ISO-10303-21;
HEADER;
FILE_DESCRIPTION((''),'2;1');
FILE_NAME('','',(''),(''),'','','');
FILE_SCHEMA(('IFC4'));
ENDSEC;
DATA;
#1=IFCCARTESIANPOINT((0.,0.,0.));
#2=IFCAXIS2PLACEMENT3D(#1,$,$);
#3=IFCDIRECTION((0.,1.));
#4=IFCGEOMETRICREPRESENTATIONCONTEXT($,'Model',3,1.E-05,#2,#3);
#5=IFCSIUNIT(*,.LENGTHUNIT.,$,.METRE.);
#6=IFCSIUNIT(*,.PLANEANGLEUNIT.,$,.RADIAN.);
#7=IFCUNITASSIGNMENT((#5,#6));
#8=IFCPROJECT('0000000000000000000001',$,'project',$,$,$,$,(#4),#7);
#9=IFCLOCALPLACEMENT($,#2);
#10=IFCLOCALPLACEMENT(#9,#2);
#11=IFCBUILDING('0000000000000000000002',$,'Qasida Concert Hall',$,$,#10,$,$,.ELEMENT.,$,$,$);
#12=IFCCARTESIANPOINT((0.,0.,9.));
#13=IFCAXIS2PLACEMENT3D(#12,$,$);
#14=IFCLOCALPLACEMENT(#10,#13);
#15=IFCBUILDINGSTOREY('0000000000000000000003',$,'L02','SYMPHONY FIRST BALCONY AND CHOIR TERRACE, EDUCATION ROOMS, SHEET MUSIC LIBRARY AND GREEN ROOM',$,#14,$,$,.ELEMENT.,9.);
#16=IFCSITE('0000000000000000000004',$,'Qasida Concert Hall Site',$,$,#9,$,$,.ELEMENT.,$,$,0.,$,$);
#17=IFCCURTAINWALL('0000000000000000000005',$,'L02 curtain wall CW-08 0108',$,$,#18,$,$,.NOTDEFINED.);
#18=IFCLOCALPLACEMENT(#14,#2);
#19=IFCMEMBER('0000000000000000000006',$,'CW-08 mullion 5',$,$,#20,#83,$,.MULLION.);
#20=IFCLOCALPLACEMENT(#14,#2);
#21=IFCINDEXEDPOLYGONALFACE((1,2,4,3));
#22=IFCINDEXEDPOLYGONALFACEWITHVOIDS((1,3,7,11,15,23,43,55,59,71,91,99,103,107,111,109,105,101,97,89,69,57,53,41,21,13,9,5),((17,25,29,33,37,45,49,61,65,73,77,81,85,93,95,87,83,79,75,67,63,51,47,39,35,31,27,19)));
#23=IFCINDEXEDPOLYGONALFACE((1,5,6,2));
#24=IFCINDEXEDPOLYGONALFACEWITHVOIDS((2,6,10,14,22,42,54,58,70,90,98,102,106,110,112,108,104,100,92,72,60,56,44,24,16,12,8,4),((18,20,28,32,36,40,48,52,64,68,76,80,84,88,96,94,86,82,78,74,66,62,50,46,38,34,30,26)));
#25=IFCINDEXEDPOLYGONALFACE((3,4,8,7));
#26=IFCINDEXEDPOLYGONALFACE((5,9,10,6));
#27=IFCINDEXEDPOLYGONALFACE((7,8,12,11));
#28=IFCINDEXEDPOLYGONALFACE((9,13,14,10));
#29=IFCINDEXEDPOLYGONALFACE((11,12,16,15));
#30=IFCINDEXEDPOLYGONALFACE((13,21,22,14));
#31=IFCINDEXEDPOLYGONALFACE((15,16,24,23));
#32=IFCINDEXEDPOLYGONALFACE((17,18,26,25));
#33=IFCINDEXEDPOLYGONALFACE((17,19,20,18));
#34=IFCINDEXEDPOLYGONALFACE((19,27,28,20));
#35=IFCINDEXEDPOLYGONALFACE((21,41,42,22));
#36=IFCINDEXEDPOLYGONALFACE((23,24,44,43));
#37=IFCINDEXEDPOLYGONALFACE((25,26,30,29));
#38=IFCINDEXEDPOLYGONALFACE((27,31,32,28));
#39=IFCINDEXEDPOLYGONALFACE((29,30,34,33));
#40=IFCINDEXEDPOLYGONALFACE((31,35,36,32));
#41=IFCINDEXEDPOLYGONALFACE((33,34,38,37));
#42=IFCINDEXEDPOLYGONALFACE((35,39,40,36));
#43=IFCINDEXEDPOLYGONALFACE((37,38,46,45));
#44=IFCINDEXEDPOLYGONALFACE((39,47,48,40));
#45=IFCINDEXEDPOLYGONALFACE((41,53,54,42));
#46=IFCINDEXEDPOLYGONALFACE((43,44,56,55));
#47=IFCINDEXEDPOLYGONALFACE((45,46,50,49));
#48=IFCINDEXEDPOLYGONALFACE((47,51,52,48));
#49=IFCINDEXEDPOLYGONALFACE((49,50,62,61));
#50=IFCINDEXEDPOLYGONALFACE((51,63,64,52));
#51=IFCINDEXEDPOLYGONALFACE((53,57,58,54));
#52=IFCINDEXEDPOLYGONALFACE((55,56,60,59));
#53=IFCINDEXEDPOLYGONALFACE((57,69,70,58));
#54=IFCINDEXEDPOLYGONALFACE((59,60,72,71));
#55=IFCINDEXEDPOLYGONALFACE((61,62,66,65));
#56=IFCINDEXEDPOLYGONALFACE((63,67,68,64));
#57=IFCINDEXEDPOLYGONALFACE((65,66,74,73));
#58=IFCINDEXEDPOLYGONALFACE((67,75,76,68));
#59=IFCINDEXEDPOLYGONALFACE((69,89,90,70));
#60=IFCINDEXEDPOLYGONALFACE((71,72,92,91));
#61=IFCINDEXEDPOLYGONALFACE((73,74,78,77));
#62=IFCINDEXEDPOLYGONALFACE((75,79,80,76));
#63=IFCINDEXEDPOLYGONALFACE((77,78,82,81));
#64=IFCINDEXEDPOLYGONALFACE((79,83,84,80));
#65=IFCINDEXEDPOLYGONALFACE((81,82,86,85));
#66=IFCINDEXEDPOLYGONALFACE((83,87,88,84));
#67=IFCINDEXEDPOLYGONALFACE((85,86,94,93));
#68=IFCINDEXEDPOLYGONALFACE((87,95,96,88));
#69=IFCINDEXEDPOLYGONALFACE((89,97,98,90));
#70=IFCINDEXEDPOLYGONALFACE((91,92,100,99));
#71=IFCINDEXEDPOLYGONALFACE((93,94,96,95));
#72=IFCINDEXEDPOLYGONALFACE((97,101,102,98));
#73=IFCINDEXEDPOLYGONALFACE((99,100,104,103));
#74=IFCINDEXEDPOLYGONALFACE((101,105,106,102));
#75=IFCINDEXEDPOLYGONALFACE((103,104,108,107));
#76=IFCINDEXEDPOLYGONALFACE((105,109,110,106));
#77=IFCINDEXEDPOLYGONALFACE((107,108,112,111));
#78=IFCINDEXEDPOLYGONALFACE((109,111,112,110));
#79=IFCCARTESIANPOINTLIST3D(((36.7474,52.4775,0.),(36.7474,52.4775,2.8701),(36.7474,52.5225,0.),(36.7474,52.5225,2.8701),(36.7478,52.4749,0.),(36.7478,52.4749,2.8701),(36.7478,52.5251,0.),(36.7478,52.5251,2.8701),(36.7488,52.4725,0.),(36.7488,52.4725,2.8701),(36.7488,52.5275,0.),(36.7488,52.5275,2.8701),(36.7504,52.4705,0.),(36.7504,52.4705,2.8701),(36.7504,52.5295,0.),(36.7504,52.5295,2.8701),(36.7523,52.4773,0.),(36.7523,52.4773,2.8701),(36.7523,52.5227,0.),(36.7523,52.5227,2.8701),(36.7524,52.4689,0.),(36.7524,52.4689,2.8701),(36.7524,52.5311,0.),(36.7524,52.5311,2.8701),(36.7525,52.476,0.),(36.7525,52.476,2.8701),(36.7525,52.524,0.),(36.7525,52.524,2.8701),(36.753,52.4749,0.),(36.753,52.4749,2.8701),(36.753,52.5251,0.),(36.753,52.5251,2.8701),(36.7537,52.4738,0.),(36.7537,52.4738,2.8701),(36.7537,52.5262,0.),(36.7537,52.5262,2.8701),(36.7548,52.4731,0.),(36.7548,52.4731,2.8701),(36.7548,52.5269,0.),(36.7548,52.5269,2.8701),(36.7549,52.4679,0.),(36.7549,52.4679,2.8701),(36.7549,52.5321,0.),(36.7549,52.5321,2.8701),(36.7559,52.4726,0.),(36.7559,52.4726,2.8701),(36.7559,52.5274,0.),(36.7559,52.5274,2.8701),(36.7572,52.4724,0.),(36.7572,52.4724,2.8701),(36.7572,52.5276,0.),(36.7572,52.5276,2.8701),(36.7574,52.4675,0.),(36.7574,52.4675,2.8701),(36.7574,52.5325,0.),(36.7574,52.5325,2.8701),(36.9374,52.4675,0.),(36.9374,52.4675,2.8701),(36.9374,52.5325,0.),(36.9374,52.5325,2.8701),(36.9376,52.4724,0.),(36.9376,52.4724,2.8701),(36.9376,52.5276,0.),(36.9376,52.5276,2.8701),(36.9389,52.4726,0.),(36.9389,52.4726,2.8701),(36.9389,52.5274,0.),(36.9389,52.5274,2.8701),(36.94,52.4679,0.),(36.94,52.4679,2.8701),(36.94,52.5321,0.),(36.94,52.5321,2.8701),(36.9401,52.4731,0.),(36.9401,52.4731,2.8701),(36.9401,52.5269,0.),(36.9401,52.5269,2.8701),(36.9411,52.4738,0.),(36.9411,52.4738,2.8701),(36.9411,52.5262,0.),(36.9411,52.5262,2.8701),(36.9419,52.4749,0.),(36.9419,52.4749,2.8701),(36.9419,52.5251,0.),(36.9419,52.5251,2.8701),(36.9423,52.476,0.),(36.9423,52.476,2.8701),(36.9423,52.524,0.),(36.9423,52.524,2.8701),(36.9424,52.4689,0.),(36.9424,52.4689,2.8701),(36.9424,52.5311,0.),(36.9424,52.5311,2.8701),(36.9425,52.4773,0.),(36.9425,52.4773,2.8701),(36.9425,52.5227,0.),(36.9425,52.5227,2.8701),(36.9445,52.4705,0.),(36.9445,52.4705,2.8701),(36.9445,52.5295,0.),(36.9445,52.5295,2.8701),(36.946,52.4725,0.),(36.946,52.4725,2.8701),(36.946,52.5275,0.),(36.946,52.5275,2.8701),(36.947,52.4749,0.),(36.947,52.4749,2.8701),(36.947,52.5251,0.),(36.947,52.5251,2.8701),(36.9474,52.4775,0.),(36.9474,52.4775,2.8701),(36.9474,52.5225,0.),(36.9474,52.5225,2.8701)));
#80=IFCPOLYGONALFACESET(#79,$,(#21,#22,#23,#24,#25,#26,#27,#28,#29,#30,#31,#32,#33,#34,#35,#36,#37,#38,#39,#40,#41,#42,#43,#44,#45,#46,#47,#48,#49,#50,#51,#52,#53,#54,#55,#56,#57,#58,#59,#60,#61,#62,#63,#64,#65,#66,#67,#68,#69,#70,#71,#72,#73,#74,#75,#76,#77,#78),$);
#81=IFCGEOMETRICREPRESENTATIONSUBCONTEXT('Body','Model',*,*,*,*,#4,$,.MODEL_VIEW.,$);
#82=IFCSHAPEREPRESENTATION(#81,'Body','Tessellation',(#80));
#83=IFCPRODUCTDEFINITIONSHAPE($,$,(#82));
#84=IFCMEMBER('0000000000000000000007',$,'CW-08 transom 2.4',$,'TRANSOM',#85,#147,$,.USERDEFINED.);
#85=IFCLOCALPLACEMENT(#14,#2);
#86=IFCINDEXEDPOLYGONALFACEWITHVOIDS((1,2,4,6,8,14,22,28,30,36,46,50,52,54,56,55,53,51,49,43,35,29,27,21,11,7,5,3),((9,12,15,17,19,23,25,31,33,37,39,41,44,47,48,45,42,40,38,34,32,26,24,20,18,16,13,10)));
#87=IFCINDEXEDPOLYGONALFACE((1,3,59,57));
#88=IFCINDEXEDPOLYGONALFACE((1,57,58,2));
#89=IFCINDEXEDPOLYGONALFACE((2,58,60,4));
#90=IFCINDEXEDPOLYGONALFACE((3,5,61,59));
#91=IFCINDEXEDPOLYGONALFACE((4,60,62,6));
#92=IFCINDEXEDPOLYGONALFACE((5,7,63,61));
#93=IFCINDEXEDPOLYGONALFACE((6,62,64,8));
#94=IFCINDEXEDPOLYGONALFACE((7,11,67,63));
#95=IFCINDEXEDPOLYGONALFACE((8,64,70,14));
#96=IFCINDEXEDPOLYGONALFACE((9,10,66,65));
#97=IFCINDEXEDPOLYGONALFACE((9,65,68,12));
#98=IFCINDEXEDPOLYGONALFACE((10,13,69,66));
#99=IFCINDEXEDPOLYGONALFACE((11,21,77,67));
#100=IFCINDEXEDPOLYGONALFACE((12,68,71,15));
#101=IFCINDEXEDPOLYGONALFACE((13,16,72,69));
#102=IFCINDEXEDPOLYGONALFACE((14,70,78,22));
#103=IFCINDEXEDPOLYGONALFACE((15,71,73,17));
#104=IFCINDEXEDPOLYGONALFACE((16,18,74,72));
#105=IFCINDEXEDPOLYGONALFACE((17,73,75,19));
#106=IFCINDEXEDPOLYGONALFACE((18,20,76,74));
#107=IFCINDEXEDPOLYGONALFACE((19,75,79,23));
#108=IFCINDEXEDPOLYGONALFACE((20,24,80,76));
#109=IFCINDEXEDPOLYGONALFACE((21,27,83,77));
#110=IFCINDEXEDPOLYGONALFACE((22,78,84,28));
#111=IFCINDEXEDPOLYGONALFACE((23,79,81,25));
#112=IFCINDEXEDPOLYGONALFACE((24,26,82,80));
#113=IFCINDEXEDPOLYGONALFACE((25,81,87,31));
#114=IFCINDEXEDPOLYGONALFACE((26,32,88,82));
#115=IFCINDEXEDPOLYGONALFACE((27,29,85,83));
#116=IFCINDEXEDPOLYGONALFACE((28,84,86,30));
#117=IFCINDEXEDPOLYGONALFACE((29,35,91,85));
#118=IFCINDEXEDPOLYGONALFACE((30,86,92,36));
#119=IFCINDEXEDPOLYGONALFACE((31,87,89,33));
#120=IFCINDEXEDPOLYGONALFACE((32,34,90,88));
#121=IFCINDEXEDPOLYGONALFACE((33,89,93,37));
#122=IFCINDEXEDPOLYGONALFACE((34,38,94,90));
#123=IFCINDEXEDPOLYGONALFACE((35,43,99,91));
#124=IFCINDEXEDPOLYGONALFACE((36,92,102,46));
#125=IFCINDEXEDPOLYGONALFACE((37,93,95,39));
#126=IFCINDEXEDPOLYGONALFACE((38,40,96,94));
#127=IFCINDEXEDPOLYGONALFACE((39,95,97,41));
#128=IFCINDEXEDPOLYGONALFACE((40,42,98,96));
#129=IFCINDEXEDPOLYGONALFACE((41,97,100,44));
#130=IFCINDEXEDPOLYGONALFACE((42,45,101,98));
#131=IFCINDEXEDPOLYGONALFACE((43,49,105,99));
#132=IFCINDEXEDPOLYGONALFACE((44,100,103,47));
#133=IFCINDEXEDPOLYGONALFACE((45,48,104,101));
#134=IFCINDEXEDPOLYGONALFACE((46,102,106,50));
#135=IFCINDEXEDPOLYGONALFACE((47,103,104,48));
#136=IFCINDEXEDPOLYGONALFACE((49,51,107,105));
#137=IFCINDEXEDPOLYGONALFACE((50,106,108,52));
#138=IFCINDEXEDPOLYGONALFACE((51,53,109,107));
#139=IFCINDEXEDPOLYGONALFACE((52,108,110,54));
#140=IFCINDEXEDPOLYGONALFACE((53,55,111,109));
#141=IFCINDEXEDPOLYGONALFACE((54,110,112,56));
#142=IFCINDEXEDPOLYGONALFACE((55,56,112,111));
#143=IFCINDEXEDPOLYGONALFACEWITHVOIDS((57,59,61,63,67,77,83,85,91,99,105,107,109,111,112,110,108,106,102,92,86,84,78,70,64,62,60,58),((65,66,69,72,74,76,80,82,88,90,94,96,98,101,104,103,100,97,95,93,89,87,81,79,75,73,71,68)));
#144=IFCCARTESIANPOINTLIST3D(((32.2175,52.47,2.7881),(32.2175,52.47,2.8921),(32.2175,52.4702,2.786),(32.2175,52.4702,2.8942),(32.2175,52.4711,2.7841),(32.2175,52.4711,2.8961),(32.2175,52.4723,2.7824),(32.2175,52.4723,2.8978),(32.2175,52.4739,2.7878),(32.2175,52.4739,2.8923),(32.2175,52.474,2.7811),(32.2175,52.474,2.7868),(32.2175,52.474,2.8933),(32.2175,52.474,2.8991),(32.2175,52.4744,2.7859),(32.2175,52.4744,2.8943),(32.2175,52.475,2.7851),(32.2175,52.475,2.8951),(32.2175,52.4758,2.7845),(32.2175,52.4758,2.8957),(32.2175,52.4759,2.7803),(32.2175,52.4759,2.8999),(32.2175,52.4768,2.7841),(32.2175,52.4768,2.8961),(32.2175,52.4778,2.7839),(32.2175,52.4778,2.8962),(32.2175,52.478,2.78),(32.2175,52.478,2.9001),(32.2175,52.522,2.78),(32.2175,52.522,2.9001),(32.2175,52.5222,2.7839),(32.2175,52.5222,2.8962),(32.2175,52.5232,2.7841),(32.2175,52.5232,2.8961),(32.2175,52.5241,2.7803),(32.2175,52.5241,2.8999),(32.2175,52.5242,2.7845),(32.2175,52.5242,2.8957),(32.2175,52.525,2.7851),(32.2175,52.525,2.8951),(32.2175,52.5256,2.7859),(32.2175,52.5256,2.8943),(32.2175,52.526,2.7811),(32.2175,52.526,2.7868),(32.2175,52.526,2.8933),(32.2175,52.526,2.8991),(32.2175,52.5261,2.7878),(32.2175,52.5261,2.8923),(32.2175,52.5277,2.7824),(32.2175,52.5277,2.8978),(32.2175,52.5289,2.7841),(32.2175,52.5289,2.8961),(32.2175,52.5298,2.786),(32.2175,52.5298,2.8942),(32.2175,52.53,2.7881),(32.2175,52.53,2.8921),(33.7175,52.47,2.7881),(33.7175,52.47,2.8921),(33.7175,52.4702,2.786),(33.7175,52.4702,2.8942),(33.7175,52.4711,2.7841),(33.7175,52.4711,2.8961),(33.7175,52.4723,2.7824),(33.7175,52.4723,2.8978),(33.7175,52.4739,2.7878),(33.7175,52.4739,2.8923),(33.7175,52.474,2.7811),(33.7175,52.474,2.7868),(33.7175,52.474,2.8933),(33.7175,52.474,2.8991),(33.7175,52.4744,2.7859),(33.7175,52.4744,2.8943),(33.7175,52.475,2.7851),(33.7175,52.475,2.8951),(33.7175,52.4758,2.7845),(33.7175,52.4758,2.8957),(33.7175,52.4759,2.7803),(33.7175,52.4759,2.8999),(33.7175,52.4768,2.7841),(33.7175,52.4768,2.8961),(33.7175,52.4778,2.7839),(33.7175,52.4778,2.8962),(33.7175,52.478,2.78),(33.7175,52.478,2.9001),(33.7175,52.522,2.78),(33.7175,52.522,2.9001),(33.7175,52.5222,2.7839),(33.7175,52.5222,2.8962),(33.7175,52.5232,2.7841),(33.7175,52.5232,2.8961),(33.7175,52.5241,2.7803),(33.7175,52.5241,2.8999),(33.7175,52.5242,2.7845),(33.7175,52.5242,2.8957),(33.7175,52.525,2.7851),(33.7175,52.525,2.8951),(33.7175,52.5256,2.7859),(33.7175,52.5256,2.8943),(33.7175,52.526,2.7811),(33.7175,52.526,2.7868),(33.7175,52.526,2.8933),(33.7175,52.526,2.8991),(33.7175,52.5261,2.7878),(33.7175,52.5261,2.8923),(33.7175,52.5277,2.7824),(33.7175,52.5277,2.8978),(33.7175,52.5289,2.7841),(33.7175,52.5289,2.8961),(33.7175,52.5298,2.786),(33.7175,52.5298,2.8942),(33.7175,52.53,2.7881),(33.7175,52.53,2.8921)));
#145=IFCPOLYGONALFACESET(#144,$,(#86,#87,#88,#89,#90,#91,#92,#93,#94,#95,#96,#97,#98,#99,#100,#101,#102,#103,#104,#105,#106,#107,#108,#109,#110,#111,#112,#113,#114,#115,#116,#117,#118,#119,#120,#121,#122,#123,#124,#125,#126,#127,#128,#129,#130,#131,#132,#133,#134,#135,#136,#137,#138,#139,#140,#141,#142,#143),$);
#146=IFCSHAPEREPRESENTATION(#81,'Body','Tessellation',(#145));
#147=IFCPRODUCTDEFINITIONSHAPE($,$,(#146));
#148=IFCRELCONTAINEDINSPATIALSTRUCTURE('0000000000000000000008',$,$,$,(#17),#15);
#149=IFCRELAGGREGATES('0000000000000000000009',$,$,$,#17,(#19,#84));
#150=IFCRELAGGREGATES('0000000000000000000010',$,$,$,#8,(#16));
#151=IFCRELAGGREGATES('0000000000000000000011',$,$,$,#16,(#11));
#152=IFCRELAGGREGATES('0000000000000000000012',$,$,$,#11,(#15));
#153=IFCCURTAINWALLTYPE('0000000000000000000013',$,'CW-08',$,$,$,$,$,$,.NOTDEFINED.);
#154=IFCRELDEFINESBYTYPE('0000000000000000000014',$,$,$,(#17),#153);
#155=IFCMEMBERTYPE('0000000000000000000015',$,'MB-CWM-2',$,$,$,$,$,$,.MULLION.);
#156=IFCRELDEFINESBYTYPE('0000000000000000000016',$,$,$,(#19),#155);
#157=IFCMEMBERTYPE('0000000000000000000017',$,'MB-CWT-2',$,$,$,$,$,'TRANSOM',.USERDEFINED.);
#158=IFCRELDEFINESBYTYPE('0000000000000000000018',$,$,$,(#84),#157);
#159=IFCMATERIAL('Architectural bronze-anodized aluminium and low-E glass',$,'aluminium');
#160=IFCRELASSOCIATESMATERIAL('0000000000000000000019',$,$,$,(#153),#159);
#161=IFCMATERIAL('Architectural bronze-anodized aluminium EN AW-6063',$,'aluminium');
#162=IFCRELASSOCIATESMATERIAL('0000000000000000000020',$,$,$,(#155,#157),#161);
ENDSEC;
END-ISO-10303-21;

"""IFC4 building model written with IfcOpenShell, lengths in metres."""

from ifc_helpers import new_model, si_unit, direction, frame, origin, origin_2d, place, context, subcontext, project, spatial, hollow_rectangle, extrude, material, material_profile, profile_set, type_object, element, aggregate, save


model = new_model("IFC4")

# Units and contexts
model_context = context("Model", 3, precision=1e-05, world=origin(), true_north=direction((0.0, 1.0)))
body_context = subcontext(model_context, "Body", "Model", "MODEL_VIEW")
ifc_project = project(units=[si_unit("LENGTHUNIT", "METRE"), si_unit("PLANEANGLEUNIT", "RADIAN")], contexts=[model_context])

# Site, building, storey
site_placement = place(None, origin())
site = spatial("IfcSite", under=ifc_project, at=site_placement, Name="Qasida Concert Hall Site", CompositionType="ELEMENT", RefElevation=0.0)
building_placement = place(site_placement, origin())
building = spatial("IfcBuilding", under=site, at=building_placement, Name="Qasida Concert Hall", CompositionType="ELEMENT")
storey_placement = place(building_placement, frame((0.0, 0.0, 9.0)))
storey = spatial("IfcBuildingStorey", under=building, at=storey_placement, Name="L02", Description="SYMPHONY FIRST BALCONY AND CHOIR TERRACE, EDUCATION ROOMS, SHEET MUSIC LIBRARY AND GREEN ROOM", CompositionType="ELEMENT", Elevation=9.0)

# Curtain wall, members
ifc_material_1 = material(Name="Architectural bronze-anodized aluminium and low-E glass", Category="aluminium")
curtain_wall_type = type_object("IfcCurtainWallType", Name="CW-08", PredefinedType="NOTDEFINED", material=ifc_material_1)
curtain_wall_placement = place(storey_placement, origin())
curtain_wall = element("IfcCurtainWall", 1, at=curtain_wall_placement, inside=storey, type_object=curtain_wall_type, Name="L02 curtain wall CW-08 0108", PredefinedType="NOTDEFINED")
ifc_material_2 = material(Name="Architectural bronze-anodized aluminium EN AW-6063", Category="aluminium")
ifc_material_profile_1 = material_profile(ifc_material_2, hollow_rectangle(XDim=0.0649, YDim=0.2, WallThickness=0.0049, InnerFilletRadius=0.0049, OuterFilletRadius=0.01, at=origin_2d()), Name="CWM 200x65x5")
ifc_profile_set_1 = profile_set([ifc_material_profile_1], Name="Architectural bronze-anodized aluminium EN AW-6063")
member_type_1 = type_object("IfcMemberType", Name="MB-CWM-2", PredefinedType="MULLION", material=ifc_profile_set_1)
member_1_placement = place(storey_placement, frame((36.8474, 52.5, 0.0), z_axis=(0.0, 0.0, 1.0), x_axis=(0.0, 1.0, 0.0)))
member_1 = element("IfcMember", 2, at=member_1_placement, type_object=member_type_1, Name="CW-08 mullion 5", PredefinedType="MULLION", context=body_context, shape_type="SweptSolid", body=[
    extrude(hollow_rectangle(XDim=0.0649, YDim=0.2, WallThickness=0.0049, InnerFilletRadius=0.0049, OuterFilletRadius=0.01, at=origin_2d()), origin(), (0.0, 0.0, 1.0), 2.8701),
])
ifc_material_profile_2 = material_profile(ifc_material_2, hollow_rectangle(XDim=0.0601, YDim=0.1201, WallThickness=0.0039, InnerFilletRadius=0.0039, OuterFilletRadius=0.0081, at=origin_2d()), Name="CWT 120x60x4")
ifc_profile_set_2 = profile_set([ifc_material_profile_2], Name="Architectural bronze-anodized aluminium EN AW-6063")
member_type_2 = type_object("IfcMemberType", Name="MB-CWT-2", ElementType="TRANSOM", PredefinedType="USERDEFINED", material=ifc_profile_set_2)
member_2_placement = place(storey_placement, frame((32.2175, 52.5, 2.8401), z_axis=(1.0, 0.0, 0.0), x_axis=(0.0, 1.0, 0.0)))
member_2 = element("IfcMember", 3, at=member_2_placement, type_object=member_type_2, Name="CW-08 transom 2.4", ObjectType="TRANSOM", PredefinedType="USERDEFINED", context=body_context, shape_type="SweptSolid", body=[
    extrude(hollow_rectangle(XDim=0.0601, YDim=0.1201, WallThickness=0.0039, InnerFilletRadius=0.0039, OuterFilletRadius=0.0081, at=origin_2d()), origin(), (0.0, 0.0, 1.0), 1.5),
])
aggregate(curtain_wall, [member_1, member_2])

save(model, "model.ifc")
